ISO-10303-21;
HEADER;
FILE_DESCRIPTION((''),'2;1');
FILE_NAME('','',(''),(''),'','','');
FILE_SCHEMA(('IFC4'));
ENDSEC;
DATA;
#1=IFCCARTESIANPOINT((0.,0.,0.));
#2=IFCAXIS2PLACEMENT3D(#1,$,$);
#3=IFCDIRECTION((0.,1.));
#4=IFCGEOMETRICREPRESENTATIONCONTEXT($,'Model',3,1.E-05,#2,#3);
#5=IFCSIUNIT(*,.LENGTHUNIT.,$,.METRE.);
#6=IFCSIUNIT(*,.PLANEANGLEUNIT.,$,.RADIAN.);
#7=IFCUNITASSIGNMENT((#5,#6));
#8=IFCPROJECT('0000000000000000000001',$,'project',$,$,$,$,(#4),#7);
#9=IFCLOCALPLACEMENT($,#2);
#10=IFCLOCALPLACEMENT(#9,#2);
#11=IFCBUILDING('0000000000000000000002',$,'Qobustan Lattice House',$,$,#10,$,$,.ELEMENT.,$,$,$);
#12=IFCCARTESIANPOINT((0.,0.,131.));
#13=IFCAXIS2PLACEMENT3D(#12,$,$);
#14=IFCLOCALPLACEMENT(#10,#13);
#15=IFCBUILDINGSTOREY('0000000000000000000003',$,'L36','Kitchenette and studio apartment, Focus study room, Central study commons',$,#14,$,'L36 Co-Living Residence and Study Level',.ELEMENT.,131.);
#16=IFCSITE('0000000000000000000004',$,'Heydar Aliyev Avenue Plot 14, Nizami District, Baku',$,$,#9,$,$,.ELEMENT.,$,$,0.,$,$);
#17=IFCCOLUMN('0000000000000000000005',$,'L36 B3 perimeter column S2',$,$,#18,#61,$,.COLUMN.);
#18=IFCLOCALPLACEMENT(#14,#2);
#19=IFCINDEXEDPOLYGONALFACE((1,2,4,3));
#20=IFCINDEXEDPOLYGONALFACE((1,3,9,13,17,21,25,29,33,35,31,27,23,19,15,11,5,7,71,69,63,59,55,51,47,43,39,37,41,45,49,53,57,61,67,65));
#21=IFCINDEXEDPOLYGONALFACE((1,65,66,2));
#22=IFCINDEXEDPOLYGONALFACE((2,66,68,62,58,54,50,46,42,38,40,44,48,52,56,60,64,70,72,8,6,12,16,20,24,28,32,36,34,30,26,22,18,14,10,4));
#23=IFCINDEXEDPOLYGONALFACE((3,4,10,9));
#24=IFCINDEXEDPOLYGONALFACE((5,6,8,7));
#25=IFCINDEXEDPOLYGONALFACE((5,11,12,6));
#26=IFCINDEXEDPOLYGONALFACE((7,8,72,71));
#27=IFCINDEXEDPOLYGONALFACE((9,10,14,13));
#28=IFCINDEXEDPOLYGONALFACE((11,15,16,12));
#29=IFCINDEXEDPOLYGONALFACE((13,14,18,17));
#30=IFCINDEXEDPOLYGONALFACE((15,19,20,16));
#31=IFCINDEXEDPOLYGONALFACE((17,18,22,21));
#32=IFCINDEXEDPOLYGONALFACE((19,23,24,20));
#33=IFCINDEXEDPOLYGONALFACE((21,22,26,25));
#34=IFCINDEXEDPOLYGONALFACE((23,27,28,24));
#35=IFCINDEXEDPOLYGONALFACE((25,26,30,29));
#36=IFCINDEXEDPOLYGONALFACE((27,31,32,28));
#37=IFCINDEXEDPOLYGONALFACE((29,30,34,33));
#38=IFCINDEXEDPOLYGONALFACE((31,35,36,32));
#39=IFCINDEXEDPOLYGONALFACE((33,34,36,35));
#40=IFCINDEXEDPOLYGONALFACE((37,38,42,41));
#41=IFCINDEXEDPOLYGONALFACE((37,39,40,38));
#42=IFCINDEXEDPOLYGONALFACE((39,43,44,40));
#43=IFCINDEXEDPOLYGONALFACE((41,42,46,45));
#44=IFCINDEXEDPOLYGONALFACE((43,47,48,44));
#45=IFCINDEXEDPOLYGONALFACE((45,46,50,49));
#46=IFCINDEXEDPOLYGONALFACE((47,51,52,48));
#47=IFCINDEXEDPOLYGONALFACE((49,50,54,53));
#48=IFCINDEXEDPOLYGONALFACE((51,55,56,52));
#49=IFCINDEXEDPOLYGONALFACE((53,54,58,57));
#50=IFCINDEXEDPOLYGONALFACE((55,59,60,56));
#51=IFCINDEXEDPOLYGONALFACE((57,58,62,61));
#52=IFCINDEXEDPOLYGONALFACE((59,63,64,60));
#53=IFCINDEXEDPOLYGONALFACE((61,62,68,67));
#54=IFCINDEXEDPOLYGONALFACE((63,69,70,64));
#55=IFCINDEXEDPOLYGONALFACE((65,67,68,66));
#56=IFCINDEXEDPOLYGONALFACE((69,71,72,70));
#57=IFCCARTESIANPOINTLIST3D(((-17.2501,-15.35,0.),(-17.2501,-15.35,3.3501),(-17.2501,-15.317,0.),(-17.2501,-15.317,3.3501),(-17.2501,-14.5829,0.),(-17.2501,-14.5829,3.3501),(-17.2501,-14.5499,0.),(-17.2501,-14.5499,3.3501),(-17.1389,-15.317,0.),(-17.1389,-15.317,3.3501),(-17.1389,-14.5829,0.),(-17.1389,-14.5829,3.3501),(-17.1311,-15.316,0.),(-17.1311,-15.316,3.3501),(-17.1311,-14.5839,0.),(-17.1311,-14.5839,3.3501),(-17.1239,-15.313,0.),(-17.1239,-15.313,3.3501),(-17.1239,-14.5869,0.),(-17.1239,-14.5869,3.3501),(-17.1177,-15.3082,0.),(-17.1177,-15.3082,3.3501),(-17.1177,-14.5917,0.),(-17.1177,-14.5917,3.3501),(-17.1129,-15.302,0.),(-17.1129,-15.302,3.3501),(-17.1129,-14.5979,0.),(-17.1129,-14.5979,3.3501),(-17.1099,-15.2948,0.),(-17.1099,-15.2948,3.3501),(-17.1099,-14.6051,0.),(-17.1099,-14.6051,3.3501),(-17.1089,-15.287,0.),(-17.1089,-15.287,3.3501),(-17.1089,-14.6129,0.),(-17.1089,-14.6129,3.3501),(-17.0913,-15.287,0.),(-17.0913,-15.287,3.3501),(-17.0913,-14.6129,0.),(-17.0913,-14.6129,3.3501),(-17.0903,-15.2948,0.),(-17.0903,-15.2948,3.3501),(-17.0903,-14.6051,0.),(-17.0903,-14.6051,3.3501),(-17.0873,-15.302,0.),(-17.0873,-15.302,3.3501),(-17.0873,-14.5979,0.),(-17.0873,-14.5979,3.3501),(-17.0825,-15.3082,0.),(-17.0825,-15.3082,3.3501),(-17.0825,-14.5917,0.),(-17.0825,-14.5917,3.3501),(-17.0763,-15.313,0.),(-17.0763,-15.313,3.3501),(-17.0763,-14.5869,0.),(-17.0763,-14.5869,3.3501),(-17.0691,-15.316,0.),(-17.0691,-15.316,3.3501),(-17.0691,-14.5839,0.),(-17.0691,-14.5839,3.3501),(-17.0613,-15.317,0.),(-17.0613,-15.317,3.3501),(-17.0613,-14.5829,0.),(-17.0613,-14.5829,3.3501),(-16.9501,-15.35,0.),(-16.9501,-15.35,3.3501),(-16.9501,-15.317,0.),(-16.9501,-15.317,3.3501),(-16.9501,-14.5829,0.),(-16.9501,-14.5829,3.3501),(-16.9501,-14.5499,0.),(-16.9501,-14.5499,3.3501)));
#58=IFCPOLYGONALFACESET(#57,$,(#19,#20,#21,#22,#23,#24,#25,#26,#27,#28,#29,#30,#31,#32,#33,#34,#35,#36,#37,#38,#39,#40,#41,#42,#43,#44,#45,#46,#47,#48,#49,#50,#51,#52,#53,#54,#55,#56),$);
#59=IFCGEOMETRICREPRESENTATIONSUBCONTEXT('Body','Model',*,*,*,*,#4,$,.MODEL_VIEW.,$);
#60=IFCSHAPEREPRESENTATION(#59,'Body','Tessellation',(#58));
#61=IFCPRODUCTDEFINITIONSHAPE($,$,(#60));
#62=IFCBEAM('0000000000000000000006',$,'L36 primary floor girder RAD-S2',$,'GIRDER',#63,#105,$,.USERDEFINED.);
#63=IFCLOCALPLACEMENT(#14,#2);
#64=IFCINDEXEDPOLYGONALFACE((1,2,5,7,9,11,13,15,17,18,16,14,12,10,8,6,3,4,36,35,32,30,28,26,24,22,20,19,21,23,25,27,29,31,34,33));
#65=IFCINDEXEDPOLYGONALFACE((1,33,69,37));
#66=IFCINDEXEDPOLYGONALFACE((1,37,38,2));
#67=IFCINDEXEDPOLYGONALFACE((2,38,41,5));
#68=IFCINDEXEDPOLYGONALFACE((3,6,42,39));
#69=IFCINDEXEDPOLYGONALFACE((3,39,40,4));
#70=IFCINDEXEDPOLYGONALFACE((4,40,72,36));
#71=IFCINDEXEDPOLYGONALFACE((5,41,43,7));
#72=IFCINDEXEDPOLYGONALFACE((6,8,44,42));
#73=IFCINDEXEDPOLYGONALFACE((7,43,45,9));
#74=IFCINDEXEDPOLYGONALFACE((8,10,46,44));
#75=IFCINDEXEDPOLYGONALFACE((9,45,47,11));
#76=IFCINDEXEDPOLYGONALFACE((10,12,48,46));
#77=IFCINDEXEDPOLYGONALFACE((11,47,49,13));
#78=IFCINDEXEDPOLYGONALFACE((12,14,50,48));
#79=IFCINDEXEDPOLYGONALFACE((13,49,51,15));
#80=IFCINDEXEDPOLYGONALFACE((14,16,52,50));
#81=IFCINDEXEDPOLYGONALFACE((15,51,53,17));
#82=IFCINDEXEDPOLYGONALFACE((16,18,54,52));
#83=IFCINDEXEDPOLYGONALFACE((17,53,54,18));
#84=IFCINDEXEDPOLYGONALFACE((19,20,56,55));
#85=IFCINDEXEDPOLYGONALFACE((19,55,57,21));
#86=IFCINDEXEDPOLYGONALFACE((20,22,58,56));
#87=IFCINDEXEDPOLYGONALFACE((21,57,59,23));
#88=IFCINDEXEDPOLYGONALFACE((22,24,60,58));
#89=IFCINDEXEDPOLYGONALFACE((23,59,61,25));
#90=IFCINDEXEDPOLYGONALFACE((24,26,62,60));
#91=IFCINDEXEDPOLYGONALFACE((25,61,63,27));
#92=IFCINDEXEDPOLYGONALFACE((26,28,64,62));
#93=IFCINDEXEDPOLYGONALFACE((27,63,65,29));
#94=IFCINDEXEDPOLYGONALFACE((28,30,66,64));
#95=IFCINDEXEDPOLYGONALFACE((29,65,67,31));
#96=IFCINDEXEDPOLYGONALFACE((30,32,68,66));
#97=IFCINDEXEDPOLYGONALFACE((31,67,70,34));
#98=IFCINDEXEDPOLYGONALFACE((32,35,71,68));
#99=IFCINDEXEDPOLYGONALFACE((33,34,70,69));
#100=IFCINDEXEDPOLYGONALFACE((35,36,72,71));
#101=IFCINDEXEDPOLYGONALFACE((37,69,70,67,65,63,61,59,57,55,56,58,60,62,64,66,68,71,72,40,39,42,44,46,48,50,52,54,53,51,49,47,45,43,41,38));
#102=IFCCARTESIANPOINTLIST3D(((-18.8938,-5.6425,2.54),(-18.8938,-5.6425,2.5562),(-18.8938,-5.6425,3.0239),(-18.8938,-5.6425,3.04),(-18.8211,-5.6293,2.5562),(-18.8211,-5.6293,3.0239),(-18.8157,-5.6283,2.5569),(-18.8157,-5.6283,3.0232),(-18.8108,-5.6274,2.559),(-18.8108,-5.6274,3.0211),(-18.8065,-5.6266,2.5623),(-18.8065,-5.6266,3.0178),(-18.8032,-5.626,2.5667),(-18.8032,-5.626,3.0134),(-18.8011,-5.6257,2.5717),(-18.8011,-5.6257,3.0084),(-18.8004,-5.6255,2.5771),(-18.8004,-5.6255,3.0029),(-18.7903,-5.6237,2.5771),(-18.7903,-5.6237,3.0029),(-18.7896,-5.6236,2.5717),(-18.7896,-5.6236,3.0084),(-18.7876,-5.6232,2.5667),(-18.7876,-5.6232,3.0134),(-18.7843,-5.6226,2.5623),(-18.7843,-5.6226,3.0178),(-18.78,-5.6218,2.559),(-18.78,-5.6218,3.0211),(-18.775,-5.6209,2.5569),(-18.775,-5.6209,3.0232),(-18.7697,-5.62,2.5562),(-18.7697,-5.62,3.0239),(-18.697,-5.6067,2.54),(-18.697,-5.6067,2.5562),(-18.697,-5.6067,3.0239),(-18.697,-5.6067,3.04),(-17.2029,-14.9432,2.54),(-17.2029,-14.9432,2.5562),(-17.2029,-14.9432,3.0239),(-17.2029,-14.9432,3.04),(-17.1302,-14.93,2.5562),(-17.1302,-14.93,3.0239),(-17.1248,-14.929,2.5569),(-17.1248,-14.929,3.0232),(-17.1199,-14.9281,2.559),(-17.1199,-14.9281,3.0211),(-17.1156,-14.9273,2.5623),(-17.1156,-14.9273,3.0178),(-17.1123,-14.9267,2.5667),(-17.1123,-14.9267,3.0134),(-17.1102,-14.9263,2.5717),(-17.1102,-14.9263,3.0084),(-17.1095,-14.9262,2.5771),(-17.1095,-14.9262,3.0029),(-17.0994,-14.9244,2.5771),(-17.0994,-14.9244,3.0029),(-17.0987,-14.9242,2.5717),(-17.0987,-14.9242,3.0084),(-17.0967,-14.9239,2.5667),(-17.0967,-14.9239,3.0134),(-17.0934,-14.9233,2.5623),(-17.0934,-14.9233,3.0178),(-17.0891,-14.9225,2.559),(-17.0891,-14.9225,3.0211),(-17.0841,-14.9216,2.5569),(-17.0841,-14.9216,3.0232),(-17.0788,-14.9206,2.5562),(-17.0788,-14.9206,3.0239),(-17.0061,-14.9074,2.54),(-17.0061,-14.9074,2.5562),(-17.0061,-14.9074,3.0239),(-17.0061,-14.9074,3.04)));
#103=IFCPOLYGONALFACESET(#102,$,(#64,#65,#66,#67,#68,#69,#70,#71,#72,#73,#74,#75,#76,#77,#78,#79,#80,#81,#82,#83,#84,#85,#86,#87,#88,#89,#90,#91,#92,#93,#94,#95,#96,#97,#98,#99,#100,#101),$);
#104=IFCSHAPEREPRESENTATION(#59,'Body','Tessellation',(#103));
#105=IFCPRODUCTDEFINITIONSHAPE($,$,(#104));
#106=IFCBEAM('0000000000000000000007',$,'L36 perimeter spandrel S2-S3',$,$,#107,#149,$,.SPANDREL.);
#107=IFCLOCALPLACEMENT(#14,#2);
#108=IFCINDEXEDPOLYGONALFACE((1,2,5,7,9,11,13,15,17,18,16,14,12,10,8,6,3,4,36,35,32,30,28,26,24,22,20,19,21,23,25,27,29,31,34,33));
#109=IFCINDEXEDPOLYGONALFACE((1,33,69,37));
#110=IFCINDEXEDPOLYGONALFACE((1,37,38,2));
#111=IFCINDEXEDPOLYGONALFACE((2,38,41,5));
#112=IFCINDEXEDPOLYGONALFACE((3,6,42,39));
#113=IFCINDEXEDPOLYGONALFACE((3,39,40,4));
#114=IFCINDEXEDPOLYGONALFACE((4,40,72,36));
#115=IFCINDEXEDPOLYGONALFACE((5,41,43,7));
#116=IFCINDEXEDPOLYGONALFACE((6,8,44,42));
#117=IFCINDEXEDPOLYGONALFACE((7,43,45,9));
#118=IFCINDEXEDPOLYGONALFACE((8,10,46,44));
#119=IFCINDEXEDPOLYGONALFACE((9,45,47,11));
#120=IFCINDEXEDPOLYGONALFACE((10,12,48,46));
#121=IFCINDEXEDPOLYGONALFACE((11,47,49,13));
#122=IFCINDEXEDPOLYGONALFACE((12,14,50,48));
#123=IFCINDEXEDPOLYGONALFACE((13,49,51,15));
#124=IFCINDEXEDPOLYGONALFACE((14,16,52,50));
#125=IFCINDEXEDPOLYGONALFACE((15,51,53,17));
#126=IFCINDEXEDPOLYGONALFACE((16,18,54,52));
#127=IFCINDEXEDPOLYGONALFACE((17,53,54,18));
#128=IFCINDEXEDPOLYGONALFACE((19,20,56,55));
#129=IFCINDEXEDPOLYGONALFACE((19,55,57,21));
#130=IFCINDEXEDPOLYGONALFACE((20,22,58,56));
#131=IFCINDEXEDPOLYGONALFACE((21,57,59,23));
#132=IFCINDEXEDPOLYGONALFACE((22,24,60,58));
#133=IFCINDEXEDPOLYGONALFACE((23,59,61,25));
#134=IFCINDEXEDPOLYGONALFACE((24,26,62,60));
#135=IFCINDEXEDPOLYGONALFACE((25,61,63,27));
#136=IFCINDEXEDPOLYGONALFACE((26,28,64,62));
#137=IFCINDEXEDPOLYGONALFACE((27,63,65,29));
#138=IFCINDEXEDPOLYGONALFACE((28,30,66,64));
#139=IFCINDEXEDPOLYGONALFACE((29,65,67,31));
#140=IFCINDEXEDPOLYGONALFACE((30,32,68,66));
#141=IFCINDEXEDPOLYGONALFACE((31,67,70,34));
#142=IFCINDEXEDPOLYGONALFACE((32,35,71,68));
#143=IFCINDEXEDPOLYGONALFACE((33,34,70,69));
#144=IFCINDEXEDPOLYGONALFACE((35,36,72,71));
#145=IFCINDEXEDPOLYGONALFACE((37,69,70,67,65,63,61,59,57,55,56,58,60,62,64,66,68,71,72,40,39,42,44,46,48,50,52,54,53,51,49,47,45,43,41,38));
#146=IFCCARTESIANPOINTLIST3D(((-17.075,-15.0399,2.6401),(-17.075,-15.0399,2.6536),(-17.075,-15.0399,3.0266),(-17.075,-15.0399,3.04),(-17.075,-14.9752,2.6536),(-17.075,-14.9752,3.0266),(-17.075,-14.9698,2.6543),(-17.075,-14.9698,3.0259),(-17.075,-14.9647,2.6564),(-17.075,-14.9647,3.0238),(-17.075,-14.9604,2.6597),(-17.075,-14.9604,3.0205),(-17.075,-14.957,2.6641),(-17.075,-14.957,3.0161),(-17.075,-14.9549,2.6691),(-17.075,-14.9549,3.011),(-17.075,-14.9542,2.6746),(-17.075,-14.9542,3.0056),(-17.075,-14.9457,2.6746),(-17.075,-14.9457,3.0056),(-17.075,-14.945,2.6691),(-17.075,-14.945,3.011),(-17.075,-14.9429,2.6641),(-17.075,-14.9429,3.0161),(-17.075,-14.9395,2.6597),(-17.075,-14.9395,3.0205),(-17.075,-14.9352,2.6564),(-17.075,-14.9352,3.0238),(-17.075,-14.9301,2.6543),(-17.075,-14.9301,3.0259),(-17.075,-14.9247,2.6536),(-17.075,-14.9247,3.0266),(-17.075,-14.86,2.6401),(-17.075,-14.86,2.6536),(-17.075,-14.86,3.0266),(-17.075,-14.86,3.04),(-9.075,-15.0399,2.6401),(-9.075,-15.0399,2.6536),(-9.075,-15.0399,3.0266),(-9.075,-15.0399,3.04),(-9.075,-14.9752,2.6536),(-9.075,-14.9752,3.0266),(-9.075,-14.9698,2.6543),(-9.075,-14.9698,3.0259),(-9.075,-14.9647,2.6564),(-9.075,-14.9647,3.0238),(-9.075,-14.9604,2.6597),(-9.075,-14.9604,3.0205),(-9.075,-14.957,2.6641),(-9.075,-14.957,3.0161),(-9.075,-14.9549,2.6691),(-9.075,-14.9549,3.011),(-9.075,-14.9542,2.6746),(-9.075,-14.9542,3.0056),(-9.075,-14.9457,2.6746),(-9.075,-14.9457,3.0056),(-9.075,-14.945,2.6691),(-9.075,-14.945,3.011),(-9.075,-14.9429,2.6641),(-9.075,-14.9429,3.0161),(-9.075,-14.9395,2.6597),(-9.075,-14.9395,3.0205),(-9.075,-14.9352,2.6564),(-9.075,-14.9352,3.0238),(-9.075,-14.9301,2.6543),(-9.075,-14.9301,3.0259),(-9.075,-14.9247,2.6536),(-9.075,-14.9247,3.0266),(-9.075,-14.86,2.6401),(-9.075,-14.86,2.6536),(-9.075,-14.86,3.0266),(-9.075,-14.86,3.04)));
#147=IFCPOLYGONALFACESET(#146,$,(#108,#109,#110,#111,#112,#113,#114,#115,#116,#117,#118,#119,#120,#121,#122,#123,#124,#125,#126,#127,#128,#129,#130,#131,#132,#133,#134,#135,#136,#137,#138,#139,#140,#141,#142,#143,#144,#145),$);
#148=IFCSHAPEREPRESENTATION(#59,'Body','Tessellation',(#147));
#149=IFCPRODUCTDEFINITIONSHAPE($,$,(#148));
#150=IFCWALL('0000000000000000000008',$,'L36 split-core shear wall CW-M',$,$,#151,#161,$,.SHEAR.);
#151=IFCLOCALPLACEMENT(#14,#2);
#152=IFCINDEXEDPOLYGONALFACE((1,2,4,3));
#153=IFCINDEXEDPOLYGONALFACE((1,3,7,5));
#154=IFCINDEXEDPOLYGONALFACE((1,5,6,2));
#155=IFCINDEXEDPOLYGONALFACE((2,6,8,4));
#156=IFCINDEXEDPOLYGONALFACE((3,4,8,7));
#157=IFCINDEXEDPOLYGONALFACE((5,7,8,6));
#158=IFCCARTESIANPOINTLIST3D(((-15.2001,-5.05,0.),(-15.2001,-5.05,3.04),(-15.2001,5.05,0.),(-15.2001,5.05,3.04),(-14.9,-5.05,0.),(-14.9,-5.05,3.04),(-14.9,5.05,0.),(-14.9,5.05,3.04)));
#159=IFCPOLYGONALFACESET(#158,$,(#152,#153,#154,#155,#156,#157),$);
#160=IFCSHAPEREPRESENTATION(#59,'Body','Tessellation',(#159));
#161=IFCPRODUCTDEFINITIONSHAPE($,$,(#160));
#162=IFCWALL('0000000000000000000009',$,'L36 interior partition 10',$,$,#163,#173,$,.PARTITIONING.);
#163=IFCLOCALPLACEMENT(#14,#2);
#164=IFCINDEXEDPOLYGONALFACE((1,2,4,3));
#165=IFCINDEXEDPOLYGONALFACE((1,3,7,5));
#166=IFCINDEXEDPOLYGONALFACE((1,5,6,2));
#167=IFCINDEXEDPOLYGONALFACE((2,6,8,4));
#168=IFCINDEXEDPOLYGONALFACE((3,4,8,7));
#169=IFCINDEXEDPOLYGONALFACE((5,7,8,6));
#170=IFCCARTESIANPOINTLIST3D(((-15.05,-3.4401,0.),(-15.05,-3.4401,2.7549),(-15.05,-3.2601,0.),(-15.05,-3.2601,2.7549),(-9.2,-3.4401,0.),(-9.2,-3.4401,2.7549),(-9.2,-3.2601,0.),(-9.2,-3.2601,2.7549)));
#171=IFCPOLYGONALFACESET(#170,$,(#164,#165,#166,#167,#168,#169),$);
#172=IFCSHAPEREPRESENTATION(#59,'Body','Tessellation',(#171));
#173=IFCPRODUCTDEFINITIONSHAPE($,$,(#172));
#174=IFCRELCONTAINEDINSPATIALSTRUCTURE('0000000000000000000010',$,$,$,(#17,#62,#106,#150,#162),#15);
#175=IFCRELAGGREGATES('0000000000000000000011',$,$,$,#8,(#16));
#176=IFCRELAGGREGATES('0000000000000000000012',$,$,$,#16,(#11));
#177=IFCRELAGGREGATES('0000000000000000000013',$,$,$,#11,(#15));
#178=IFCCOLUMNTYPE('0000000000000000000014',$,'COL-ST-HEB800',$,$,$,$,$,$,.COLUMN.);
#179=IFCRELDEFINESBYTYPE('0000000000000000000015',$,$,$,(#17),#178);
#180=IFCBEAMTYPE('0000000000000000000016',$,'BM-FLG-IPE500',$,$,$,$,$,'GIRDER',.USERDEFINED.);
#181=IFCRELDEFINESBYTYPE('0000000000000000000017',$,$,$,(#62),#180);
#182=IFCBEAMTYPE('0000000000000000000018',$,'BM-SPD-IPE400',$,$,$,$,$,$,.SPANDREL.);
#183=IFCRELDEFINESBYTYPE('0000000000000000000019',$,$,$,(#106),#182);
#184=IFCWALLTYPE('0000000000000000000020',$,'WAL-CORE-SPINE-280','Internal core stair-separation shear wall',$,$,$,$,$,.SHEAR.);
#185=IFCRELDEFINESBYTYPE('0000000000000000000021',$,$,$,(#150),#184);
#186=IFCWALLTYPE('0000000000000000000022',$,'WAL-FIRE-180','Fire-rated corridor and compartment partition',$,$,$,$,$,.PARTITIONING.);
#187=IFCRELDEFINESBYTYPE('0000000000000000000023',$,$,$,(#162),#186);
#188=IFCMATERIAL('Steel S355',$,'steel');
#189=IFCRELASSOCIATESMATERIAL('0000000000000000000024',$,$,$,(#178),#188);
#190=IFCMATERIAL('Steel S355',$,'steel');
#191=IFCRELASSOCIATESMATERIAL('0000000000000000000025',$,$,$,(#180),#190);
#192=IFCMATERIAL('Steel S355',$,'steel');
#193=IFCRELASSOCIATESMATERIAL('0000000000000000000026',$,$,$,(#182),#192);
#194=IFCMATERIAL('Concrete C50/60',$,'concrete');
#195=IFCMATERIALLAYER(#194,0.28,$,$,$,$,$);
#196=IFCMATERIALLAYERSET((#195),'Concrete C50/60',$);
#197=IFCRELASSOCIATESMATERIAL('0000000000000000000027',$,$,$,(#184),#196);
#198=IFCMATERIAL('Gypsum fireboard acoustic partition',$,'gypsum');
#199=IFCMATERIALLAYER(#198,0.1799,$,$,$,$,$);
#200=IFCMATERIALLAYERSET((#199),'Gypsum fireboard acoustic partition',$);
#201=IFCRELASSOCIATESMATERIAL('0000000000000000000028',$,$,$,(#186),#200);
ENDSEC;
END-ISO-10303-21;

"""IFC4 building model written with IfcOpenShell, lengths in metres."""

from ifc_helpers import new_model, si_unit, direction, frame, frame_2d, origin, origin_2d, place, context, subcontext, project, spatial, rectangle, i_section, extrude, material, layer, layer_set, material_profile, profile_set, type_object, element, save


model = new_model("IFC4")

# Units and contexts
model_context = context("Model", 3, precision=1e-05, world=origin(), true_north=direction((0.0, 1.0)))
body_context = subcontext(model_context, "Body", "Model", "MODEL_VIEW")
ifc_project = project(units=[si_unit("LENGTHUNIT", "METRE"), si_unit("PLANEANGLEUNIT", "RADIAN")], contexts=[model_context])

# Site, building, storey
site_placement = place(None, origin())
site = spatial("IfcSite", under=ifc_project, at=site_placement, Name="Heydar Aliyev Avenue Plot 14, Nizami District, Baku", CompositionType="ELEMENT", RefElevation=0.0)
building_placement = place(site_placement, origin())
building = spatial("IfcBuilding", under=site, at=building_placement, Name="Qobustan Lattice House", CompositionType="ELEMENT")
storey_placement = place(building_placement, frame((0.0, 0.0, 131.0)))
storey = spatial("IfcBuildingStorey", under=building, at=storey_placement, Name="L36", Description="Kitchenette and studio apartment, Focus study room, Central study commons", LongName="L36 Co-Living Residence and Study Level", CompositionType="ELEMENT", Elevation=131.0)

# Column
ifc_material_1 = material(Name="Steel S355", Category="steel")
ifc_material_profile_1 = material_profile(ifc_material_1, i_section(OverallWidth=0.3, OverallDepth=0.8, WebThickness=0.0176, FlangeThickness=0.033, FilletRadius=0.03, at=origin_2d()), Name="HEB800")
ifc_profile_set_1 = profile_set([ifc_material_profile_1], Name="Steel S355")
column_type = type_object("IfcColumnType", Name="COL-ST-HEB800", PredefinedType="COLUMN", material=ifc_profile_set_1)
column_placement = place(storey_placement, frame((-17.1001, -14.95, 0.0), z_axis=(0.0, 0.0, 1.0), x_axis=(1.0, 0.0, 0.0)))
element("IfcColumn", 1, at=column_placement, inside=storey, type_object=column_type, Name="L36 B3 perimeter column S2", PredefinedType="COLUMN", context=body_context, shape_type="SweptSolid", body=[
    extrude(i_section(OverallWidth=0.3, OverallDepth=0.8, WebThickness=0.0176, FlangeThickness=0.033, FilletRadius=0.03, at=origin_2d()), origin(), (0.0, 0.0, 1.0), 3.3501),
])

# Beams
ifc_material_2 = material(Name="Steel S355", Category="steel")
ifc_material_profile_2 = material_profile(ifc_material_2, i_section(OverallWidth=0.2, OverallDepth=0.5, WebThickness=0.0103, FlangeThickness=0.0161, FilletRadius=0.021, at=origin_2d()), Name="IPE500")
ifc_profile_set_2 = profile_set([ifc_material_profile_2], Name="Steel S355")
beam_type_1 = type_object("IfcBeamType", Name="BM-FLG-IPE500", ElementType="GIRDER", PredefinedType="USERDEFINED", material=ifc_profile_set_2)
beam_1_placement = place(storey_placement, frame((-17.1045, -14.9253, 2.79), z_axis=(-0.178872, 0.983872, 0.0), x_axis=(-0.983872, -0.178872, 0.0)))
element("IfcBeam", 2, at=beam_1_placement, inside=storey, type_object=beam_type_1, Name="L36 primary floor girder RAD-S2", ObjectType="GIRDER", PredefinedType="USERDEFINED", context=body_context, shape_type="SweptSolid", body=[
    extrude(i_section(OverallWidth=0.2, OverallDepth=0.5, WebThickness=0.0103, FlangeThickness=0.0161, FilletRadius=0.021, at=origin_2d()), origin(), (0.0, 0.0, 1.0), 9.4531),
])
ifc_material_3 = material(Name="Steel S355", Category="steel")
ifc_material_profile_3 = material_profile(ifc_material_3, i_section(OverallWidth=0.1799, OverallDepth=0.3999, WebThickness=0.0085, FlangeThickness=0.0134, FilletRadius=0.021, at=origin_2d()), Name="IPE400")
ifc_profile_set_3 = profile_set([ifc_material_profile_3], Name="Steel S355")
beam_type_2 = type_object("IfcBeamType", Name="BM-SPD-IPE400", PredefinedType="SPANDREL", material=ifc_profile_set_3)
beam_2_placement = place(storey_placement, frame((-17.075, -14.95, 2.8401), z_axis=(1.0, 0.0, 0.0), x_axis=(0.0, 1.0, 0.0)))
element("IfcBeam", 3, at=beam_2_placement, inside=storey, type_object=beam_type_2, Name="L36 perimeter spandrel S2-S3", PredefinedType="SPANDREL", context=body_context, shape_type="SweptSolid", body=[
    extrude(i_section(OverallWidth=0.1799, OverallDepth=0.3999, WebThickness=0.0085, FlangeThickness=0.0134, FilletRadius=0.021, at=origin_2d()), origin(), (0.0, 0.0, 1.0), 8.0),
])

# Walls
ifc_material_4 = material(Name="Concrete C50/60", Category="concrete")
ifc_layer_1 = layer(ifc_material_4, 0.28)
ifc_layer_set_1 = layer_set([ifc_layer_1], Name="Concrete C50/60")
wall_type_1 = type_object("IfcWallType", Name="WAL-CORE-SPINE-280", Description="Internal core stair-separation shear wall", PredefinedType="SHEAR", material=ifc_layer_set_1)
wall_1_placement = place(storey_placement, frame((-15.05, -5.05, 0.0), z_axis=(0.0, 0.0, 1.0), x_axis=(0.0, 1.0, 0.0)))
element("IfcWall", 4, at=wall_1_placement, inside=storey, type_object=wall_type_1, Name="L36 split-core shear wall CW-M", PredefinedType="SHEAR", context=body_context, shape_type="SweptSolid", body=[
    extrude(rectangle(XDim=10.1001, YDim=0.3, at=frame_2d((5.05, 0.0))), origin(), (0.0, 0.0, 1.0), 3.04),
])
ifc_material_5 = material(Name="Gypsum fireboard acoustic partition", Category="gypsum")
ifc_layer_2 = layer(ifc_material_5, 0.1799)
ifc_layer_set_2 = layer_set([ifc_layer_2], Name="Gypsum fireboard acoustic partition")
wall_type_2 = type_object("IfcWallType", Name="WAL-FIRE-180", Description="Fire-rated corridor and compartment partition", PredefinedType="PARTITIONING", material=ifc_layer_set_2)
wall_2_placement = place(storey_placement, frame((-15.05, -3.3501, 0.0), z_axis=(0.0, 0.0, 1.0), x_axis=(1.0, 0.0, 0.0)))
element("IfcWall", 5, at=wall_2_placement, inside=storey, type_object=wall_type_2, Name="L36 interior partition 10", PredefinedType="PARTITIONING", context=body_context, shape_type="SweptSolid", body=[
    extrude(rectangle(XDim=5.8501, YDim=0.1799, at=frame_2d((2.925, 0.0))), origin(), (0.0, 0.0, 1.0), 2.7549),
])

save(model, "model.ifc")
